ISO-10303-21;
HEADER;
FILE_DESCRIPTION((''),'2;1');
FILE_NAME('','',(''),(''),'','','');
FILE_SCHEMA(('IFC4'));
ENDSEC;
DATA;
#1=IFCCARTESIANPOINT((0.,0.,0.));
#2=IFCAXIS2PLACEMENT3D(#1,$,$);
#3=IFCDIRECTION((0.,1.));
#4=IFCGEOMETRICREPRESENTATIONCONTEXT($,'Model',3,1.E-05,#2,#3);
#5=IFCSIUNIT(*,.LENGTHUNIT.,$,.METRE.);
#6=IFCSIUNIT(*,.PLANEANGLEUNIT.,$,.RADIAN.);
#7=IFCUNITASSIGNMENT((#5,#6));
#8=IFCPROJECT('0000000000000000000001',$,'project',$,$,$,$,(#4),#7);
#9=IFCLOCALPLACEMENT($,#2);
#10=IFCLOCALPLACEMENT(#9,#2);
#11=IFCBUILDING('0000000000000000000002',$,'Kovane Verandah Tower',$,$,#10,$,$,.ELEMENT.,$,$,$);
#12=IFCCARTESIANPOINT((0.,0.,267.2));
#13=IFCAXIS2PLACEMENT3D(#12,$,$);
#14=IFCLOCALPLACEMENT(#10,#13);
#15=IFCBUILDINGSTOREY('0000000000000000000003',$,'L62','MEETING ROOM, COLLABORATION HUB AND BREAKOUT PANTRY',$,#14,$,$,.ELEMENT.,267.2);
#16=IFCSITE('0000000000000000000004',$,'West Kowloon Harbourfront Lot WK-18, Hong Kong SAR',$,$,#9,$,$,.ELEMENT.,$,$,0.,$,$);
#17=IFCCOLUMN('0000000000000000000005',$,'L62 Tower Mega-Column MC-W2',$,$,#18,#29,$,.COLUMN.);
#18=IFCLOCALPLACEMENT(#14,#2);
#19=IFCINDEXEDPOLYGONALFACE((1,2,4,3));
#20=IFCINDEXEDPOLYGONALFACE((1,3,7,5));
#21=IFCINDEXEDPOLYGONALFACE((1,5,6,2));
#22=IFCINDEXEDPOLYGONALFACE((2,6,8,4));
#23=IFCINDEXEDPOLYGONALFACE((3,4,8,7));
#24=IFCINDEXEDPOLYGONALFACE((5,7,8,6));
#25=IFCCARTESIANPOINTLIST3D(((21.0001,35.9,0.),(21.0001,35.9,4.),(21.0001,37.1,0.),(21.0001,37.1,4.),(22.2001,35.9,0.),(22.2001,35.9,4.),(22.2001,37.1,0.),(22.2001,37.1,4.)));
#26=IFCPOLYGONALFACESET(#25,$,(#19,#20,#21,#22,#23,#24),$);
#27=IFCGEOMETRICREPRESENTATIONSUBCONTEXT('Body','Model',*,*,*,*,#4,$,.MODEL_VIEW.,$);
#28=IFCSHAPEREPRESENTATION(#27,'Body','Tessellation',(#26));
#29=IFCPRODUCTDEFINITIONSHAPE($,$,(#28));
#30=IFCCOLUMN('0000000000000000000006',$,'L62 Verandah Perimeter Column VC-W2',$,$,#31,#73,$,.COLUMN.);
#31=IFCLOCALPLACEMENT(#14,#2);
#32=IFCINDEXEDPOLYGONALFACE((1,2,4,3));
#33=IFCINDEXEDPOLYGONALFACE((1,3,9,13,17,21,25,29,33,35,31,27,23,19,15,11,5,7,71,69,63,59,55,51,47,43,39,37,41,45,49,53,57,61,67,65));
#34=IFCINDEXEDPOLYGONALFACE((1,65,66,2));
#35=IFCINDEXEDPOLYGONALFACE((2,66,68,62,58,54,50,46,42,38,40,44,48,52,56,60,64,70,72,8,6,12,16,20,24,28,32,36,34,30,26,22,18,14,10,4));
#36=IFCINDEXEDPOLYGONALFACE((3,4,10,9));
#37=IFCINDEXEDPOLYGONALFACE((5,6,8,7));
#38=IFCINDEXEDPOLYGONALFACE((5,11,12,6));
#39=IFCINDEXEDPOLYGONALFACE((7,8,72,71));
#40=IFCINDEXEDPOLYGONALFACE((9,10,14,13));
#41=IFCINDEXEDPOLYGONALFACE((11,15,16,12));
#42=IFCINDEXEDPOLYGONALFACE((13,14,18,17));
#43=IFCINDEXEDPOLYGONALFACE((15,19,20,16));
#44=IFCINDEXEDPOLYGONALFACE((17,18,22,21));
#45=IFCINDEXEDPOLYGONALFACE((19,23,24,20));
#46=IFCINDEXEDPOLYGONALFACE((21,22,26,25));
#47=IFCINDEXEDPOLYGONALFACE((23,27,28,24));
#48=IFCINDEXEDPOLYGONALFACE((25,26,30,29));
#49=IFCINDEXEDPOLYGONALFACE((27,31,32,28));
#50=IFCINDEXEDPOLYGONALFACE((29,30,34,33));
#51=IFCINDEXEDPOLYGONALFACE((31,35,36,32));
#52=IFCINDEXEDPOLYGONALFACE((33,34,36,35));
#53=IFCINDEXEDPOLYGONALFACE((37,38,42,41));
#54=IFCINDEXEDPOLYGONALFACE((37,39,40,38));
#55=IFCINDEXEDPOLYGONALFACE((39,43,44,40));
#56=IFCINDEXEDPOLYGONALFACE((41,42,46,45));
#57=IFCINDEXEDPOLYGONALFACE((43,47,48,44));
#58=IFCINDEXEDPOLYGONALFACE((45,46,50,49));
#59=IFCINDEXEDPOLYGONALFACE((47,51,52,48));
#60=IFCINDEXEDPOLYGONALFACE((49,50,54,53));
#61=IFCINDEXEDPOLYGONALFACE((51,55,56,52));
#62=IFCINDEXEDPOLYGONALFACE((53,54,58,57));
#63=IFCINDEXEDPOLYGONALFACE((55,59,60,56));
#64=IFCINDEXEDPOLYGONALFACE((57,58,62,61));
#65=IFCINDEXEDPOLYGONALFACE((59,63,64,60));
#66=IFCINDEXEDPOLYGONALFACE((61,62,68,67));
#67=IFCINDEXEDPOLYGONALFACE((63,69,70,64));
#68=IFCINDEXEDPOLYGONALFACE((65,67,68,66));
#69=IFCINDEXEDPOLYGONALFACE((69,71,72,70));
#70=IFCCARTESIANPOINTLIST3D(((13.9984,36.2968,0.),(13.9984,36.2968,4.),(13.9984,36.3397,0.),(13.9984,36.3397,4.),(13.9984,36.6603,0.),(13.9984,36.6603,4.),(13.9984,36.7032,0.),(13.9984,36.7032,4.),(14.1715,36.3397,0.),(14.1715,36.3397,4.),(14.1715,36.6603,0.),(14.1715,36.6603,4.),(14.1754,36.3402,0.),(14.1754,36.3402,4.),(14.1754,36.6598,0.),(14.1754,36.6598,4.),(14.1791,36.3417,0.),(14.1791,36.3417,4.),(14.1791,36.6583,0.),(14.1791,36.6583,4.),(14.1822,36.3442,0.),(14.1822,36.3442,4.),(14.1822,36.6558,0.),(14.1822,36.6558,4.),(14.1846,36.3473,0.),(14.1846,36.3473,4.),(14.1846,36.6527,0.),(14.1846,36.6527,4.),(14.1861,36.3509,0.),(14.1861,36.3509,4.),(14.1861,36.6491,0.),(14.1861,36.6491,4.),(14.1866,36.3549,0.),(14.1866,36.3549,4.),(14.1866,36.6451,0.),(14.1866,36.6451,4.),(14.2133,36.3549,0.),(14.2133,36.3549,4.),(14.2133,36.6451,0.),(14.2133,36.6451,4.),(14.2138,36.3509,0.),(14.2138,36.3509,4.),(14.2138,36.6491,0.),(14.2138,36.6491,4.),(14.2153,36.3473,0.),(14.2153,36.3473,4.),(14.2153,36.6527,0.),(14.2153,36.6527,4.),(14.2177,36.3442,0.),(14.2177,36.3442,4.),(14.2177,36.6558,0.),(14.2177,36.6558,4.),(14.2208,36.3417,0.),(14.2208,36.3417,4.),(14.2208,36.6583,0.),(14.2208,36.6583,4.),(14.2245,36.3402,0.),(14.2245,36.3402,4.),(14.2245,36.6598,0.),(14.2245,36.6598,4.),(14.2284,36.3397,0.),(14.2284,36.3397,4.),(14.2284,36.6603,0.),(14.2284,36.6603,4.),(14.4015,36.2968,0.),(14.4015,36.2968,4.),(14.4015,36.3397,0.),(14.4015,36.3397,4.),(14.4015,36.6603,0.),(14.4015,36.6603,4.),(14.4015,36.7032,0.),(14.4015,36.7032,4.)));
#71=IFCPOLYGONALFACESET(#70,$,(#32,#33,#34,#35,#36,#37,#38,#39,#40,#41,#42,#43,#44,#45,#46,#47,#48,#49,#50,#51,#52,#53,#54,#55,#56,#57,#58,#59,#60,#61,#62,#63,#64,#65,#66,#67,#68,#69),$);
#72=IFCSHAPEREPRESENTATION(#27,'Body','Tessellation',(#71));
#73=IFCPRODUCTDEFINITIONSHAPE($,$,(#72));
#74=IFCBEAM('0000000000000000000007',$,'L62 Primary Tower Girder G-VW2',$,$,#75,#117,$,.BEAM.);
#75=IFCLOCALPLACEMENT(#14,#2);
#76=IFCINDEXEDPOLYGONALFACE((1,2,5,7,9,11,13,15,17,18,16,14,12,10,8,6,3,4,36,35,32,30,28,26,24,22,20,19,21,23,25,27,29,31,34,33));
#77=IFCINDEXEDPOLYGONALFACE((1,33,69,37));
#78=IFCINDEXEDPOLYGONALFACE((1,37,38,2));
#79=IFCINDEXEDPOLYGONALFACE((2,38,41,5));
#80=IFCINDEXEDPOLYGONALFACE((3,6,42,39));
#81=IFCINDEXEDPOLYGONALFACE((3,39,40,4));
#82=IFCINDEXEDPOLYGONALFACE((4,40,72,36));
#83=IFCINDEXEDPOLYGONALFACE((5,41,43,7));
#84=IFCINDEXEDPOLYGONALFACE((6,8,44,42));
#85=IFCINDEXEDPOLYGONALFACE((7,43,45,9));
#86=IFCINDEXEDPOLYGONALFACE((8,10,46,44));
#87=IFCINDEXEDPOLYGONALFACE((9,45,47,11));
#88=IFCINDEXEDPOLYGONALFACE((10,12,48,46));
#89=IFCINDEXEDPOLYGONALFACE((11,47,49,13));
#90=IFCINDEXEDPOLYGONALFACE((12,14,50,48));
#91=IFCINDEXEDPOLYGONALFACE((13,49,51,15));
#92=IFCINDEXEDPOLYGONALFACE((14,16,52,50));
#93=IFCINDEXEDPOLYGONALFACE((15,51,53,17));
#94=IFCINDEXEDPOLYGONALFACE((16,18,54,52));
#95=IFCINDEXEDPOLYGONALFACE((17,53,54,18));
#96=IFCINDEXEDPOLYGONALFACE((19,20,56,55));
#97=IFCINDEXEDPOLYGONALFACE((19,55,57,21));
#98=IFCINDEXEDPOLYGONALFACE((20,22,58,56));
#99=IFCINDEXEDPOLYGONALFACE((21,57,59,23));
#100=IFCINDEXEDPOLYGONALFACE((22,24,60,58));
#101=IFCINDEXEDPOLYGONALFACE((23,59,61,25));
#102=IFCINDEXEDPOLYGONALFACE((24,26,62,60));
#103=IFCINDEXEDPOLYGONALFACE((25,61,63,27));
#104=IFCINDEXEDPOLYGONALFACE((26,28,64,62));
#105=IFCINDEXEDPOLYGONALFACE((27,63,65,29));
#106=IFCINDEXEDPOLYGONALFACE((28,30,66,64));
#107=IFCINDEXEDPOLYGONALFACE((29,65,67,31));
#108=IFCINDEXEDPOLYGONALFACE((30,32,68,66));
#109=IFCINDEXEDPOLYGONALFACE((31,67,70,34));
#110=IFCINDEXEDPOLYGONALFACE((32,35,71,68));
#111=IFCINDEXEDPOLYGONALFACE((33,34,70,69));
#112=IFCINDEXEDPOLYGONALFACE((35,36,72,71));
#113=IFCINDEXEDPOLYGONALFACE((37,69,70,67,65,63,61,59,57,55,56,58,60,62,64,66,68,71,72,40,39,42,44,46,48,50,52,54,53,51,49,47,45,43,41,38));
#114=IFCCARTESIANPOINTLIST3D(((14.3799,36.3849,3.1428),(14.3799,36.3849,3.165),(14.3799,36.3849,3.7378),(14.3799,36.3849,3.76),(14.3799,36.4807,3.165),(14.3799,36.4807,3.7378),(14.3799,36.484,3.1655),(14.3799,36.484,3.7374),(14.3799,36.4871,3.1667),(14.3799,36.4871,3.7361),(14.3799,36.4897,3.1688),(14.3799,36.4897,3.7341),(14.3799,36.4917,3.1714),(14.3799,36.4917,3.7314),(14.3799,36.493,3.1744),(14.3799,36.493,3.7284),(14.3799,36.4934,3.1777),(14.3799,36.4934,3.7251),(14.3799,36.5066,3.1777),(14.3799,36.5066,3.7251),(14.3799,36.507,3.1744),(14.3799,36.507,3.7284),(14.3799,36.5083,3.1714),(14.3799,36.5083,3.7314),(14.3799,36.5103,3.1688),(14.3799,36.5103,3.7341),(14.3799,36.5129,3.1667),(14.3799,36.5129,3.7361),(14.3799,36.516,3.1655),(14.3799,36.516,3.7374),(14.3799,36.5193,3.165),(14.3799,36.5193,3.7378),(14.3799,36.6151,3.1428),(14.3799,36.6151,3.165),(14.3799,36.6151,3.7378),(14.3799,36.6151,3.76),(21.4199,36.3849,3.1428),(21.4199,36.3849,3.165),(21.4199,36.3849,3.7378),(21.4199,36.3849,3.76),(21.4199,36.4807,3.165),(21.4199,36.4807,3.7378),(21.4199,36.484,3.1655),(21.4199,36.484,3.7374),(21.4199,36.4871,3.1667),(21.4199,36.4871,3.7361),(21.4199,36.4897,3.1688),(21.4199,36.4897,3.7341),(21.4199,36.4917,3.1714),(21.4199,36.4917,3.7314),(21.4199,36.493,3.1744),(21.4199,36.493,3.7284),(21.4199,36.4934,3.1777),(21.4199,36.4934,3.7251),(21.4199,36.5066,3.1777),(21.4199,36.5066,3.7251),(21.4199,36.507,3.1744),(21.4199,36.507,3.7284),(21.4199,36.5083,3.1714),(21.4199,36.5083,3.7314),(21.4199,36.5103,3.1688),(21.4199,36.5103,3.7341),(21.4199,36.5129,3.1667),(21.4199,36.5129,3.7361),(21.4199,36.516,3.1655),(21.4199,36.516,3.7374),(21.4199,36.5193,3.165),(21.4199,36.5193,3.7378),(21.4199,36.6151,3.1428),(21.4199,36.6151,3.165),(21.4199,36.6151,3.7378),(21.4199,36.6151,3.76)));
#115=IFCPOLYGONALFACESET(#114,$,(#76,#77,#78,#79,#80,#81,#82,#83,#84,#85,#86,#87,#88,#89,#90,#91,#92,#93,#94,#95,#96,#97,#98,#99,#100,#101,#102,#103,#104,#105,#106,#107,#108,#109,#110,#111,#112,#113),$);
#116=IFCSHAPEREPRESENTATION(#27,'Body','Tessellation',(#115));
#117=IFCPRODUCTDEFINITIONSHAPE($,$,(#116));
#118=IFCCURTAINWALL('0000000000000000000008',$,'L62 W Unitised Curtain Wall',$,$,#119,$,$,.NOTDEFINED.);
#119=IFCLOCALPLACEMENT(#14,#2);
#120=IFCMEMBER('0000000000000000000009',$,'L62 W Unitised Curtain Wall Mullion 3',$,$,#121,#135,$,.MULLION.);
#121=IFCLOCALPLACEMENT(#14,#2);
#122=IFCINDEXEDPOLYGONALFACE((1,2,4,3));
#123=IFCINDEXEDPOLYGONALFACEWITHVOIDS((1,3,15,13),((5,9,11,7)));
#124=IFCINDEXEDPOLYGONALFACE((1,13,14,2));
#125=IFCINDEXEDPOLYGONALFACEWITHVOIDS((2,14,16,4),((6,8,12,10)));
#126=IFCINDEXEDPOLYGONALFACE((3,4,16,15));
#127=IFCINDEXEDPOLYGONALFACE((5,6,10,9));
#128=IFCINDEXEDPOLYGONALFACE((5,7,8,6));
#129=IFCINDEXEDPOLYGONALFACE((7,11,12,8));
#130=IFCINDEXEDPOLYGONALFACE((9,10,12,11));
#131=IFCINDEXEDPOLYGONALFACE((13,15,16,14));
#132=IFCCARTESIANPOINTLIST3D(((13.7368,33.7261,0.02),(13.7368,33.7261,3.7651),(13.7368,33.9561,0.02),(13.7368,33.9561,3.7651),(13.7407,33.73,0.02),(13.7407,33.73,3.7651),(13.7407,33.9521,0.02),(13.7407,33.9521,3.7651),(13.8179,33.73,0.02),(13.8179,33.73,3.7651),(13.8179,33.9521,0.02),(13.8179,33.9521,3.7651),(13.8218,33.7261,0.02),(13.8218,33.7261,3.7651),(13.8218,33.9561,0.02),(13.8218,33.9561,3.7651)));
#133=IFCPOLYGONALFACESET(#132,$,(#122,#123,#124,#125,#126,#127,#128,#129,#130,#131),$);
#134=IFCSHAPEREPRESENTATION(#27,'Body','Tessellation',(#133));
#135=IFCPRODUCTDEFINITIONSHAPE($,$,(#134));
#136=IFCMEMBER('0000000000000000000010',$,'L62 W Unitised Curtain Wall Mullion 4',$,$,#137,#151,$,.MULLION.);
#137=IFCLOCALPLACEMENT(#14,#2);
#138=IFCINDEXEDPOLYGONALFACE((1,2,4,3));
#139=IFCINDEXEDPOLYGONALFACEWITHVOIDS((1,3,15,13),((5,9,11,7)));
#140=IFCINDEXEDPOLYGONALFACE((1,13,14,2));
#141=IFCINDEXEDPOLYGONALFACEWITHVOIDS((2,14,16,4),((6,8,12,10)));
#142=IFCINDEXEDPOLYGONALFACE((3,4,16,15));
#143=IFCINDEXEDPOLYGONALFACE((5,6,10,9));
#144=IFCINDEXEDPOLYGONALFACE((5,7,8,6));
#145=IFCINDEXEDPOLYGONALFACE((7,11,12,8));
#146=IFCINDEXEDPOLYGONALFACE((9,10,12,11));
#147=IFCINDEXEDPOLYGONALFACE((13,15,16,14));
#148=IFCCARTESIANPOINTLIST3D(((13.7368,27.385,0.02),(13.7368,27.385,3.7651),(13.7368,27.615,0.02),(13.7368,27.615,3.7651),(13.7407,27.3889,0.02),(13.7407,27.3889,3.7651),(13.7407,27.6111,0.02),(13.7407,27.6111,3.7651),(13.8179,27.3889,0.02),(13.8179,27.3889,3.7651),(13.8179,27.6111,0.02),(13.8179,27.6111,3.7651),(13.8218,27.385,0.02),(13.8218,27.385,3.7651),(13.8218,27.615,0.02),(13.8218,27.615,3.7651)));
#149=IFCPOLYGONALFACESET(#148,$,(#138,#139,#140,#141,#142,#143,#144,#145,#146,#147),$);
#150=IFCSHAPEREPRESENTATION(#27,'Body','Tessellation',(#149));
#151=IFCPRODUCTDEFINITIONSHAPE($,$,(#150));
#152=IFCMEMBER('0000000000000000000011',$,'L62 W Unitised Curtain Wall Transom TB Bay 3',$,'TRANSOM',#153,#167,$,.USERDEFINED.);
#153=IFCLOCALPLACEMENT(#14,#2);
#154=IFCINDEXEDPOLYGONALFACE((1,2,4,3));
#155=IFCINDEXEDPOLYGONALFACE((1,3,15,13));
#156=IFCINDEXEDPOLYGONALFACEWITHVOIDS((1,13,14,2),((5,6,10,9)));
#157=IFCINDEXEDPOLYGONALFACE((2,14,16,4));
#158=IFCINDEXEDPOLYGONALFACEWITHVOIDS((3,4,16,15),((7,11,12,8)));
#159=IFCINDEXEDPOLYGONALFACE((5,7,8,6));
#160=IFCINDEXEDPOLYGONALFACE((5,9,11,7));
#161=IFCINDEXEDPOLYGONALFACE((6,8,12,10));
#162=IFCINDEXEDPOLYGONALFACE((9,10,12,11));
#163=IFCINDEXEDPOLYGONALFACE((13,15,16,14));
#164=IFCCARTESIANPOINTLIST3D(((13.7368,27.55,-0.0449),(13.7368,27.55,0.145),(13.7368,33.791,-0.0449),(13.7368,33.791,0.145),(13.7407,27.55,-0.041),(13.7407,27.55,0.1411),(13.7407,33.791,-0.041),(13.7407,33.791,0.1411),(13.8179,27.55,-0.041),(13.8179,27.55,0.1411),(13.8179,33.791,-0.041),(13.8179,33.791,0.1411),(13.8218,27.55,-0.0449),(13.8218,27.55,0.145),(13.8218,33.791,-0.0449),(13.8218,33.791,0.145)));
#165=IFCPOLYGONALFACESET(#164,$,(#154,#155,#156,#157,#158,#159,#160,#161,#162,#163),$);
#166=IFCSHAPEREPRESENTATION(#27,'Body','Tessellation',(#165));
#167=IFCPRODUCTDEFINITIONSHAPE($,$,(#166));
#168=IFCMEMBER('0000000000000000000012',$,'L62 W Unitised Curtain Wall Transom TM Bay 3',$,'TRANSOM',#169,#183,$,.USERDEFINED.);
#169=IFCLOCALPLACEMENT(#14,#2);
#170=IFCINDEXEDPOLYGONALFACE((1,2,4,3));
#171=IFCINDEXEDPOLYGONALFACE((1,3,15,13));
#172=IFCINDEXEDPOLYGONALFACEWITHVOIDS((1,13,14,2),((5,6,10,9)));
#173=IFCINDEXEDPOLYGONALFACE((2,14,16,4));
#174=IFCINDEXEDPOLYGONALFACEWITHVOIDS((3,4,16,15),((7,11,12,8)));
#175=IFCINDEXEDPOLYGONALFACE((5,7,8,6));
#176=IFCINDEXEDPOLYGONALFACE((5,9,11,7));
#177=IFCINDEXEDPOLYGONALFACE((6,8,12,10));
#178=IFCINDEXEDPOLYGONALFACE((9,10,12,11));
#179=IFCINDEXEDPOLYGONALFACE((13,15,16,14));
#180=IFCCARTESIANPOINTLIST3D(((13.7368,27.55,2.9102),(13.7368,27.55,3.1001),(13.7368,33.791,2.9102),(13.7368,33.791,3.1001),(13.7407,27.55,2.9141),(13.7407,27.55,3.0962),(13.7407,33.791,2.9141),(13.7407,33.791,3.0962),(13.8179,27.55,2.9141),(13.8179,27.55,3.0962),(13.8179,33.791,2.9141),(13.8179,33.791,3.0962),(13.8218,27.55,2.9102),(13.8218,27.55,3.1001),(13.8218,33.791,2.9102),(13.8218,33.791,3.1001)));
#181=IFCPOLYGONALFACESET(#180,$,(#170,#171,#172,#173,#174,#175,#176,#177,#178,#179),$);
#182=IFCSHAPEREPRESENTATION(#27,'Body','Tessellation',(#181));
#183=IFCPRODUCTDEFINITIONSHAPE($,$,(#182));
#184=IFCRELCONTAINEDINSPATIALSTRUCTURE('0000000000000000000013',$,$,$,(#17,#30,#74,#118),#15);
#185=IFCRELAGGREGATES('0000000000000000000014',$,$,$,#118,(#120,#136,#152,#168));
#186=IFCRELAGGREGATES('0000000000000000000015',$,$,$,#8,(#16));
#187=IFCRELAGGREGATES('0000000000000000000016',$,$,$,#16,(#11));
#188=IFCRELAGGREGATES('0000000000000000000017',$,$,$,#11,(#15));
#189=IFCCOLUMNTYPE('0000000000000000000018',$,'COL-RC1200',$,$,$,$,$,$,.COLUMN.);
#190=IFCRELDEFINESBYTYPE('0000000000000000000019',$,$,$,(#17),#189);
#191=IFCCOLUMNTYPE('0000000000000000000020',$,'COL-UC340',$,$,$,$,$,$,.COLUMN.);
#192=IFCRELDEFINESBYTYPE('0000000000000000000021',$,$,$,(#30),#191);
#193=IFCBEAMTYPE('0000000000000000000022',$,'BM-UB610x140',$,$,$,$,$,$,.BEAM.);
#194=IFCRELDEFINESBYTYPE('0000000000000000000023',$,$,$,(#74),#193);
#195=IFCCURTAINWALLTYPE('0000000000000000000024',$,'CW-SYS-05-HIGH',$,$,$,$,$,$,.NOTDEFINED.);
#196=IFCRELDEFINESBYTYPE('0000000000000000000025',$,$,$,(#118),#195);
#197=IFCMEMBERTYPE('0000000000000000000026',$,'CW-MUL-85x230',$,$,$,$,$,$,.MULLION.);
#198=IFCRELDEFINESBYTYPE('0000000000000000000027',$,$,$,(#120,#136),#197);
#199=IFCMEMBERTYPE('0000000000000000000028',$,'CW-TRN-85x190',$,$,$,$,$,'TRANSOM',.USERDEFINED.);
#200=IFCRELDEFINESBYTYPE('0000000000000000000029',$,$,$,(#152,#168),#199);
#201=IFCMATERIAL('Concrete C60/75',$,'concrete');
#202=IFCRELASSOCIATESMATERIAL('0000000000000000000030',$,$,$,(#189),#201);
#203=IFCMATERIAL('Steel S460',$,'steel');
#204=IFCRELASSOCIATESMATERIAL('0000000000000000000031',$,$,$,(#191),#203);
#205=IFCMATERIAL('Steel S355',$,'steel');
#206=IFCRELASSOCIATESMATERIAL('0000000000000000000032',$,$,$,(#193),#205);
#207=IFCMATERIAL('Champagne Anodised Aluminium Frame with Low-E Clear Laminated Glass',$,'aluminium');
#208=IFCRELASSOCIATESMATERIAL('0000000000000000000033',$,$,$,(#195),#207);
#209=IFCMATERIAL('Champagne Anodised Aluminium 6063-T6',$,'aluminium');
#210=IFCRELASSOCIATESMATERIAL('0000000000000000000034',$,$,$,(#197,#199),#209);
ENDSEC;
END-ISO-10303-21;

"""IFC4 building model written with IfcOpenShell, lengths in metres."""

from ifc_helpers import new_model, si_unit, direction, frame, origin, origin_2d, place, context, subcontext, project, spatial, rectangle, hollow_rectangle, i_section, extrude, material, material_profile, profile_set, type_object, element, aggregate, save


model = new_model("IFC4")

# Units and contexts
model_context = context("Model", 3, precision=1e-05, world=origin(), true_north=direction((0.0, 1.0)))
body_context = subcontext(model_context, "Body", "Model", "MODEL_VIEW")
ifc_project = project(units=[si_unit("LENGTHUNIT", "METRE"), si_unit("PLANEANGLEUNIT", "RADIAN")], contexts=[model_context])

# Site, building, storey
site_placement = place(None, origin())
site = spatial("IfcSite", under=ifc_project, at=site_placement, Name="West Kowloon Harbourfront Lot WK-18, Hong Kong SAR", CompositionType="ELEMENT", RefElevation=0.0)
building_placement = place(site_placement, origin())
building = spatial("IfcBuilding", under=site, at=building_placement, Name="Kovane Verandah Tower", CompositionType="ELEMENT")
storey_placement = place(building_placement, frame((0.0, 0.0, 267.2)))
storey = spatial("IfcBuildingStorey", under=building, at=storey_placement, Name="L62", Description="MEETING ROOM, COLLABORATION HUB AND BREAKOUT PANTRY", CompositionType="ELEMENT", Elevation=267.2)

# Columns
ifc_material_1 = material(Name="Concrete C60/75", Category="concrete")
ifc_material_profile_1 = material_profile(ifc_material_1, rectangle(XDim=1.2, YDim=1.2, at=origin_2d()), Name="RC1200x1200")
ifc_profile_set_1 = profile_set([ifc_material_profile_1], Name="Concrete C60/75")
column_type_1 = type_object("IfcColumnType", Name="COL-RC1200", PredefinedType="COLUMN", material=ifc_profile_set_1)
column_1_placement = place(storey_placement, frame((21.6001, 36.5, 0.0), z_axis=(0.0, 0.0, 1.0), x_axis=(1.0, 0.0, 0.0)))
element("IfcColumn", 1, at=column_1_placement, inside=storey, type_object=column_type_1, Name="L62 Tower Mega-Column MC-W2", PredefinedType="COLUMN", context=body_context, shape_type="SweptSolid", body=[
    extrude(rectangle(XDim=1.2, YDim=1.2, at=origin_2d()), origin(), (0.0, 0.0, 1.0), 4.0),
])
ifc_material_2 = material(Name="Steel S460", Category="steel")
ifc_material_profile_2 = material_profile(ifc_material_2, i_section(OverallWidth=0.4031, OverallDepth=0.4065, WebThickness=0.0266, FlangeThickness=0.043, FilletRadius=0.0151, at=origin_2d()), Name="UC356x406x340")
ifc_profile_set_2 = profile_set([ifc_material_profile_2], Name="Steel S460")
column_type_2 = type_object("IfcColumnType", Name="COL-UC340", PredefinedType="COLUMN", material=ifc_profile_set_2)
column_2_placement = place(storey_placement, frame((14.2, 36.5, 0.0), z_axis=(0.0, 0.0, 1.0), x_axis=(1.0, 0.0, 0.0)))
element("IfcColumn", 2, at=column_2_placement, inside=storey, type_object=column_type_2, Name="L62 Verandah Perimeter Column VC-W2", PredefinedType="COLUMN", context=body_context, shape_type="SweptSolid", body=[
    extrude(i_section(OverallWidth=0.4031, OverallDepth=0.4065, WebThickness=0.0266, FlangeThickness=0.043, FilletRadius=0.0151, at=origin_2d()), origin(), (0.0, 0.0, 1.0), 4.0),
])

# Beam
ifc_material_3 = material(Name="Steel S355", Category="steel")
ifc_material_profile_3 = material_profile(ifc_material_3, i_section(OverallWidth=0.2302, OverallDepth=0.6172, WebThickness=0.0132, FlangeThickness=0.0222, FilletRadius=0.0127, at=origin_2d()), Name="UB610x229x140")
ifc_profile_set_3 = profile_set([ifc_material_profile_3], Name="Steel S355")
beam_type_1 = type_object("IfcBeamType", Name="BM-UB610x140", PredefinedType="BEAM", material=ifc_profile_set_3)
beam_1_placement = place(storey_placement, frame((21.4199, 36.5, 3.4514), z_axis=(-1.0, 0.0, 0.0), x_axis=(0.0, -1.0, 0.0)))
element("IfcBeam", 3, at=beam_1_placement, inside=storey, type_object=beam_type_1, Name="L62 Primary Tower Girder G-VW2", PredefinedType="BEAM", context=body_context, shape_type="SweptSolid", body=[
    extrude(i_section(OverallWidth=0.2302, OverallDepth=0.6172, WebThickness=0.0132, FlangeThickness=0.0222, FilletRadius=0.0127, at=origin_2d()), origin(), (0.0, 0.0, 1.0), 7.04),
])

# Curtain wall, members
ifc_material_4 = material(Name="Champagne Anodised Aluminium Frame with Low-E Clear Laminated Glass", Category="aluminium")
curtain_wall_type = type_object("IfcCurtainWallType", Name="CW-SYS-05-HIGH", PredefinedType="NOTDEFINED", material=ifc_material_4)
curtain_wall_placement = place(storey_placement, origin())
curtain_wall = element("IfcCurtainWall", 4, at=curtain_wall_placement, inside=storey, type_object=curtain_wall_type, Name="L62 W Unitised Curtain Wall", PredefinedType="NOTDEFINED")
ifc_material_5 = material(Name="Champagne Anodised Aluminium 6063-T6", Category="aluminium")
ifc_material_profile_4 = material_profile(ifc_material_5, hollow_rectangle(XDim=0.085, YDim=0.23, WallThickness=0.0039, at=origin_2d()), Name="AL85x230x4")
ifc_profile_set_4 = profile_set([ifc_material_profile_4], Name="Champagne Anodised Aluminium 6063-T6")
member_type_1 = type_object("IfcMemberType", Name="CW-MUL-85x230", PredefinedType="MULLION", material=ifc_profile_set_4)
member_1_placement = place(storey_placement, frame((13.7793, 33.8411, 0.02), z_axis=(0.0, 0.0, 1.0), x_axis=(-1.0, 0.0, 0.0)))
member_1 = element("IfcMember", 5, at=member_1_placement, type_object=member_type_1, Name="L62 W Unitised Curtain Wall Mullion 3", PredefinedType="MULLION", context=body_context, shape_type="SweptSolid", body=[
    extrude(hollow_rectangle(XDim=0.085, YDim=0.23, WallThickness=0.0039, at=origin_2d()), origin(), (0.0, 0.0, 1.0), 3.7451),
])
member_2_placement = place(storey_placement, frame((13.7793, 27.5, 0.02), z_axis=(0.0, 0.0, 1.0), x_axis=(-1.0, 0.0, 0.0)))
member_2 = element("IfcMember", 6, at=member_2_placement, type_object=member_type_1, Name="L62 W Unitised Curtain Wall Mullion 4", PredefinedType="MULLION", context=body_context, shape_type="SweptSolid", body=[
    extrude(hollow_rectangle(XDim=0.085, YDim=0.23, WallThickness=0.0039, at=origin_2d()), origin(), (0.0, 0.0, 1.0), 3.7451),
])
ifc_material_profile_5 = material_profile(ifc_material_5, hollow_rectangle(XDim=0.085, YDim=0.1899, WallThickness=0.0039, at=origin_2d()), Name="AL85x190x4")
ifc_profile_set_5 = profile_set([ifc_material_profile_5], Name="Champagne Anodised Aluminium 6063-T6")
member_type_2 = type_object("IfcMemberType", Name="CW-TRN-85x190", ElementType="TRANSOM", PredefinedType="USERDEFINED", material=ifc_profile_set_5)
member_3_placement = place(storey_placement, frame((13.7793, 33.791, 0.05), z_axis=(0.0, -1.0, 0.0), x_axis=(1.0, 0.0, 0.0)))
member_3 = element("IfcMember", 7, at=member_3_placement, type_object=member_type_2, Name="L62 W Unitised Curtain Wall Transom TB Bay 3", ObjectType="TRANSOM", PredefinedType="USERDEFINED", context=body_context, shape_type="SweptSolid", body=[
    extrude(hollow_rectangle(XDim=0.085, YDim=0.1899, WallThickness=0.0039, at=origin_2d()), origin(), (0.0, 0.0, 1.0), 6.241),
])
member_4_placement = place(storey_placement, frame((13.7793, 33.791, 3.0051), z_axis=(0.0, -1.0, 0.0), x_axis=(1.0, 0.0, 0.0)))
member_4 = element("IfcMember", 8, at=member_4_placement, type_object=member_type_2, Name="L62 W Unitised Curtain Wall Transom TM Bay 3", ObjectType="TRANSOM", PredefinedType="USERDEFINED", context=body_context, shape_type="SweptSolid", body=[
    extrude(hollow_rectangle(XDim=0.085, YDim=0.1899, WallThickness=0.0039, at=origin_2d()), origin(), (0.0, 0.0, 1.0), 6.241),
])

aggregate(curtain_wall, [member_1, member_2, member_3, member_4])

save(model, "model.ifc")
